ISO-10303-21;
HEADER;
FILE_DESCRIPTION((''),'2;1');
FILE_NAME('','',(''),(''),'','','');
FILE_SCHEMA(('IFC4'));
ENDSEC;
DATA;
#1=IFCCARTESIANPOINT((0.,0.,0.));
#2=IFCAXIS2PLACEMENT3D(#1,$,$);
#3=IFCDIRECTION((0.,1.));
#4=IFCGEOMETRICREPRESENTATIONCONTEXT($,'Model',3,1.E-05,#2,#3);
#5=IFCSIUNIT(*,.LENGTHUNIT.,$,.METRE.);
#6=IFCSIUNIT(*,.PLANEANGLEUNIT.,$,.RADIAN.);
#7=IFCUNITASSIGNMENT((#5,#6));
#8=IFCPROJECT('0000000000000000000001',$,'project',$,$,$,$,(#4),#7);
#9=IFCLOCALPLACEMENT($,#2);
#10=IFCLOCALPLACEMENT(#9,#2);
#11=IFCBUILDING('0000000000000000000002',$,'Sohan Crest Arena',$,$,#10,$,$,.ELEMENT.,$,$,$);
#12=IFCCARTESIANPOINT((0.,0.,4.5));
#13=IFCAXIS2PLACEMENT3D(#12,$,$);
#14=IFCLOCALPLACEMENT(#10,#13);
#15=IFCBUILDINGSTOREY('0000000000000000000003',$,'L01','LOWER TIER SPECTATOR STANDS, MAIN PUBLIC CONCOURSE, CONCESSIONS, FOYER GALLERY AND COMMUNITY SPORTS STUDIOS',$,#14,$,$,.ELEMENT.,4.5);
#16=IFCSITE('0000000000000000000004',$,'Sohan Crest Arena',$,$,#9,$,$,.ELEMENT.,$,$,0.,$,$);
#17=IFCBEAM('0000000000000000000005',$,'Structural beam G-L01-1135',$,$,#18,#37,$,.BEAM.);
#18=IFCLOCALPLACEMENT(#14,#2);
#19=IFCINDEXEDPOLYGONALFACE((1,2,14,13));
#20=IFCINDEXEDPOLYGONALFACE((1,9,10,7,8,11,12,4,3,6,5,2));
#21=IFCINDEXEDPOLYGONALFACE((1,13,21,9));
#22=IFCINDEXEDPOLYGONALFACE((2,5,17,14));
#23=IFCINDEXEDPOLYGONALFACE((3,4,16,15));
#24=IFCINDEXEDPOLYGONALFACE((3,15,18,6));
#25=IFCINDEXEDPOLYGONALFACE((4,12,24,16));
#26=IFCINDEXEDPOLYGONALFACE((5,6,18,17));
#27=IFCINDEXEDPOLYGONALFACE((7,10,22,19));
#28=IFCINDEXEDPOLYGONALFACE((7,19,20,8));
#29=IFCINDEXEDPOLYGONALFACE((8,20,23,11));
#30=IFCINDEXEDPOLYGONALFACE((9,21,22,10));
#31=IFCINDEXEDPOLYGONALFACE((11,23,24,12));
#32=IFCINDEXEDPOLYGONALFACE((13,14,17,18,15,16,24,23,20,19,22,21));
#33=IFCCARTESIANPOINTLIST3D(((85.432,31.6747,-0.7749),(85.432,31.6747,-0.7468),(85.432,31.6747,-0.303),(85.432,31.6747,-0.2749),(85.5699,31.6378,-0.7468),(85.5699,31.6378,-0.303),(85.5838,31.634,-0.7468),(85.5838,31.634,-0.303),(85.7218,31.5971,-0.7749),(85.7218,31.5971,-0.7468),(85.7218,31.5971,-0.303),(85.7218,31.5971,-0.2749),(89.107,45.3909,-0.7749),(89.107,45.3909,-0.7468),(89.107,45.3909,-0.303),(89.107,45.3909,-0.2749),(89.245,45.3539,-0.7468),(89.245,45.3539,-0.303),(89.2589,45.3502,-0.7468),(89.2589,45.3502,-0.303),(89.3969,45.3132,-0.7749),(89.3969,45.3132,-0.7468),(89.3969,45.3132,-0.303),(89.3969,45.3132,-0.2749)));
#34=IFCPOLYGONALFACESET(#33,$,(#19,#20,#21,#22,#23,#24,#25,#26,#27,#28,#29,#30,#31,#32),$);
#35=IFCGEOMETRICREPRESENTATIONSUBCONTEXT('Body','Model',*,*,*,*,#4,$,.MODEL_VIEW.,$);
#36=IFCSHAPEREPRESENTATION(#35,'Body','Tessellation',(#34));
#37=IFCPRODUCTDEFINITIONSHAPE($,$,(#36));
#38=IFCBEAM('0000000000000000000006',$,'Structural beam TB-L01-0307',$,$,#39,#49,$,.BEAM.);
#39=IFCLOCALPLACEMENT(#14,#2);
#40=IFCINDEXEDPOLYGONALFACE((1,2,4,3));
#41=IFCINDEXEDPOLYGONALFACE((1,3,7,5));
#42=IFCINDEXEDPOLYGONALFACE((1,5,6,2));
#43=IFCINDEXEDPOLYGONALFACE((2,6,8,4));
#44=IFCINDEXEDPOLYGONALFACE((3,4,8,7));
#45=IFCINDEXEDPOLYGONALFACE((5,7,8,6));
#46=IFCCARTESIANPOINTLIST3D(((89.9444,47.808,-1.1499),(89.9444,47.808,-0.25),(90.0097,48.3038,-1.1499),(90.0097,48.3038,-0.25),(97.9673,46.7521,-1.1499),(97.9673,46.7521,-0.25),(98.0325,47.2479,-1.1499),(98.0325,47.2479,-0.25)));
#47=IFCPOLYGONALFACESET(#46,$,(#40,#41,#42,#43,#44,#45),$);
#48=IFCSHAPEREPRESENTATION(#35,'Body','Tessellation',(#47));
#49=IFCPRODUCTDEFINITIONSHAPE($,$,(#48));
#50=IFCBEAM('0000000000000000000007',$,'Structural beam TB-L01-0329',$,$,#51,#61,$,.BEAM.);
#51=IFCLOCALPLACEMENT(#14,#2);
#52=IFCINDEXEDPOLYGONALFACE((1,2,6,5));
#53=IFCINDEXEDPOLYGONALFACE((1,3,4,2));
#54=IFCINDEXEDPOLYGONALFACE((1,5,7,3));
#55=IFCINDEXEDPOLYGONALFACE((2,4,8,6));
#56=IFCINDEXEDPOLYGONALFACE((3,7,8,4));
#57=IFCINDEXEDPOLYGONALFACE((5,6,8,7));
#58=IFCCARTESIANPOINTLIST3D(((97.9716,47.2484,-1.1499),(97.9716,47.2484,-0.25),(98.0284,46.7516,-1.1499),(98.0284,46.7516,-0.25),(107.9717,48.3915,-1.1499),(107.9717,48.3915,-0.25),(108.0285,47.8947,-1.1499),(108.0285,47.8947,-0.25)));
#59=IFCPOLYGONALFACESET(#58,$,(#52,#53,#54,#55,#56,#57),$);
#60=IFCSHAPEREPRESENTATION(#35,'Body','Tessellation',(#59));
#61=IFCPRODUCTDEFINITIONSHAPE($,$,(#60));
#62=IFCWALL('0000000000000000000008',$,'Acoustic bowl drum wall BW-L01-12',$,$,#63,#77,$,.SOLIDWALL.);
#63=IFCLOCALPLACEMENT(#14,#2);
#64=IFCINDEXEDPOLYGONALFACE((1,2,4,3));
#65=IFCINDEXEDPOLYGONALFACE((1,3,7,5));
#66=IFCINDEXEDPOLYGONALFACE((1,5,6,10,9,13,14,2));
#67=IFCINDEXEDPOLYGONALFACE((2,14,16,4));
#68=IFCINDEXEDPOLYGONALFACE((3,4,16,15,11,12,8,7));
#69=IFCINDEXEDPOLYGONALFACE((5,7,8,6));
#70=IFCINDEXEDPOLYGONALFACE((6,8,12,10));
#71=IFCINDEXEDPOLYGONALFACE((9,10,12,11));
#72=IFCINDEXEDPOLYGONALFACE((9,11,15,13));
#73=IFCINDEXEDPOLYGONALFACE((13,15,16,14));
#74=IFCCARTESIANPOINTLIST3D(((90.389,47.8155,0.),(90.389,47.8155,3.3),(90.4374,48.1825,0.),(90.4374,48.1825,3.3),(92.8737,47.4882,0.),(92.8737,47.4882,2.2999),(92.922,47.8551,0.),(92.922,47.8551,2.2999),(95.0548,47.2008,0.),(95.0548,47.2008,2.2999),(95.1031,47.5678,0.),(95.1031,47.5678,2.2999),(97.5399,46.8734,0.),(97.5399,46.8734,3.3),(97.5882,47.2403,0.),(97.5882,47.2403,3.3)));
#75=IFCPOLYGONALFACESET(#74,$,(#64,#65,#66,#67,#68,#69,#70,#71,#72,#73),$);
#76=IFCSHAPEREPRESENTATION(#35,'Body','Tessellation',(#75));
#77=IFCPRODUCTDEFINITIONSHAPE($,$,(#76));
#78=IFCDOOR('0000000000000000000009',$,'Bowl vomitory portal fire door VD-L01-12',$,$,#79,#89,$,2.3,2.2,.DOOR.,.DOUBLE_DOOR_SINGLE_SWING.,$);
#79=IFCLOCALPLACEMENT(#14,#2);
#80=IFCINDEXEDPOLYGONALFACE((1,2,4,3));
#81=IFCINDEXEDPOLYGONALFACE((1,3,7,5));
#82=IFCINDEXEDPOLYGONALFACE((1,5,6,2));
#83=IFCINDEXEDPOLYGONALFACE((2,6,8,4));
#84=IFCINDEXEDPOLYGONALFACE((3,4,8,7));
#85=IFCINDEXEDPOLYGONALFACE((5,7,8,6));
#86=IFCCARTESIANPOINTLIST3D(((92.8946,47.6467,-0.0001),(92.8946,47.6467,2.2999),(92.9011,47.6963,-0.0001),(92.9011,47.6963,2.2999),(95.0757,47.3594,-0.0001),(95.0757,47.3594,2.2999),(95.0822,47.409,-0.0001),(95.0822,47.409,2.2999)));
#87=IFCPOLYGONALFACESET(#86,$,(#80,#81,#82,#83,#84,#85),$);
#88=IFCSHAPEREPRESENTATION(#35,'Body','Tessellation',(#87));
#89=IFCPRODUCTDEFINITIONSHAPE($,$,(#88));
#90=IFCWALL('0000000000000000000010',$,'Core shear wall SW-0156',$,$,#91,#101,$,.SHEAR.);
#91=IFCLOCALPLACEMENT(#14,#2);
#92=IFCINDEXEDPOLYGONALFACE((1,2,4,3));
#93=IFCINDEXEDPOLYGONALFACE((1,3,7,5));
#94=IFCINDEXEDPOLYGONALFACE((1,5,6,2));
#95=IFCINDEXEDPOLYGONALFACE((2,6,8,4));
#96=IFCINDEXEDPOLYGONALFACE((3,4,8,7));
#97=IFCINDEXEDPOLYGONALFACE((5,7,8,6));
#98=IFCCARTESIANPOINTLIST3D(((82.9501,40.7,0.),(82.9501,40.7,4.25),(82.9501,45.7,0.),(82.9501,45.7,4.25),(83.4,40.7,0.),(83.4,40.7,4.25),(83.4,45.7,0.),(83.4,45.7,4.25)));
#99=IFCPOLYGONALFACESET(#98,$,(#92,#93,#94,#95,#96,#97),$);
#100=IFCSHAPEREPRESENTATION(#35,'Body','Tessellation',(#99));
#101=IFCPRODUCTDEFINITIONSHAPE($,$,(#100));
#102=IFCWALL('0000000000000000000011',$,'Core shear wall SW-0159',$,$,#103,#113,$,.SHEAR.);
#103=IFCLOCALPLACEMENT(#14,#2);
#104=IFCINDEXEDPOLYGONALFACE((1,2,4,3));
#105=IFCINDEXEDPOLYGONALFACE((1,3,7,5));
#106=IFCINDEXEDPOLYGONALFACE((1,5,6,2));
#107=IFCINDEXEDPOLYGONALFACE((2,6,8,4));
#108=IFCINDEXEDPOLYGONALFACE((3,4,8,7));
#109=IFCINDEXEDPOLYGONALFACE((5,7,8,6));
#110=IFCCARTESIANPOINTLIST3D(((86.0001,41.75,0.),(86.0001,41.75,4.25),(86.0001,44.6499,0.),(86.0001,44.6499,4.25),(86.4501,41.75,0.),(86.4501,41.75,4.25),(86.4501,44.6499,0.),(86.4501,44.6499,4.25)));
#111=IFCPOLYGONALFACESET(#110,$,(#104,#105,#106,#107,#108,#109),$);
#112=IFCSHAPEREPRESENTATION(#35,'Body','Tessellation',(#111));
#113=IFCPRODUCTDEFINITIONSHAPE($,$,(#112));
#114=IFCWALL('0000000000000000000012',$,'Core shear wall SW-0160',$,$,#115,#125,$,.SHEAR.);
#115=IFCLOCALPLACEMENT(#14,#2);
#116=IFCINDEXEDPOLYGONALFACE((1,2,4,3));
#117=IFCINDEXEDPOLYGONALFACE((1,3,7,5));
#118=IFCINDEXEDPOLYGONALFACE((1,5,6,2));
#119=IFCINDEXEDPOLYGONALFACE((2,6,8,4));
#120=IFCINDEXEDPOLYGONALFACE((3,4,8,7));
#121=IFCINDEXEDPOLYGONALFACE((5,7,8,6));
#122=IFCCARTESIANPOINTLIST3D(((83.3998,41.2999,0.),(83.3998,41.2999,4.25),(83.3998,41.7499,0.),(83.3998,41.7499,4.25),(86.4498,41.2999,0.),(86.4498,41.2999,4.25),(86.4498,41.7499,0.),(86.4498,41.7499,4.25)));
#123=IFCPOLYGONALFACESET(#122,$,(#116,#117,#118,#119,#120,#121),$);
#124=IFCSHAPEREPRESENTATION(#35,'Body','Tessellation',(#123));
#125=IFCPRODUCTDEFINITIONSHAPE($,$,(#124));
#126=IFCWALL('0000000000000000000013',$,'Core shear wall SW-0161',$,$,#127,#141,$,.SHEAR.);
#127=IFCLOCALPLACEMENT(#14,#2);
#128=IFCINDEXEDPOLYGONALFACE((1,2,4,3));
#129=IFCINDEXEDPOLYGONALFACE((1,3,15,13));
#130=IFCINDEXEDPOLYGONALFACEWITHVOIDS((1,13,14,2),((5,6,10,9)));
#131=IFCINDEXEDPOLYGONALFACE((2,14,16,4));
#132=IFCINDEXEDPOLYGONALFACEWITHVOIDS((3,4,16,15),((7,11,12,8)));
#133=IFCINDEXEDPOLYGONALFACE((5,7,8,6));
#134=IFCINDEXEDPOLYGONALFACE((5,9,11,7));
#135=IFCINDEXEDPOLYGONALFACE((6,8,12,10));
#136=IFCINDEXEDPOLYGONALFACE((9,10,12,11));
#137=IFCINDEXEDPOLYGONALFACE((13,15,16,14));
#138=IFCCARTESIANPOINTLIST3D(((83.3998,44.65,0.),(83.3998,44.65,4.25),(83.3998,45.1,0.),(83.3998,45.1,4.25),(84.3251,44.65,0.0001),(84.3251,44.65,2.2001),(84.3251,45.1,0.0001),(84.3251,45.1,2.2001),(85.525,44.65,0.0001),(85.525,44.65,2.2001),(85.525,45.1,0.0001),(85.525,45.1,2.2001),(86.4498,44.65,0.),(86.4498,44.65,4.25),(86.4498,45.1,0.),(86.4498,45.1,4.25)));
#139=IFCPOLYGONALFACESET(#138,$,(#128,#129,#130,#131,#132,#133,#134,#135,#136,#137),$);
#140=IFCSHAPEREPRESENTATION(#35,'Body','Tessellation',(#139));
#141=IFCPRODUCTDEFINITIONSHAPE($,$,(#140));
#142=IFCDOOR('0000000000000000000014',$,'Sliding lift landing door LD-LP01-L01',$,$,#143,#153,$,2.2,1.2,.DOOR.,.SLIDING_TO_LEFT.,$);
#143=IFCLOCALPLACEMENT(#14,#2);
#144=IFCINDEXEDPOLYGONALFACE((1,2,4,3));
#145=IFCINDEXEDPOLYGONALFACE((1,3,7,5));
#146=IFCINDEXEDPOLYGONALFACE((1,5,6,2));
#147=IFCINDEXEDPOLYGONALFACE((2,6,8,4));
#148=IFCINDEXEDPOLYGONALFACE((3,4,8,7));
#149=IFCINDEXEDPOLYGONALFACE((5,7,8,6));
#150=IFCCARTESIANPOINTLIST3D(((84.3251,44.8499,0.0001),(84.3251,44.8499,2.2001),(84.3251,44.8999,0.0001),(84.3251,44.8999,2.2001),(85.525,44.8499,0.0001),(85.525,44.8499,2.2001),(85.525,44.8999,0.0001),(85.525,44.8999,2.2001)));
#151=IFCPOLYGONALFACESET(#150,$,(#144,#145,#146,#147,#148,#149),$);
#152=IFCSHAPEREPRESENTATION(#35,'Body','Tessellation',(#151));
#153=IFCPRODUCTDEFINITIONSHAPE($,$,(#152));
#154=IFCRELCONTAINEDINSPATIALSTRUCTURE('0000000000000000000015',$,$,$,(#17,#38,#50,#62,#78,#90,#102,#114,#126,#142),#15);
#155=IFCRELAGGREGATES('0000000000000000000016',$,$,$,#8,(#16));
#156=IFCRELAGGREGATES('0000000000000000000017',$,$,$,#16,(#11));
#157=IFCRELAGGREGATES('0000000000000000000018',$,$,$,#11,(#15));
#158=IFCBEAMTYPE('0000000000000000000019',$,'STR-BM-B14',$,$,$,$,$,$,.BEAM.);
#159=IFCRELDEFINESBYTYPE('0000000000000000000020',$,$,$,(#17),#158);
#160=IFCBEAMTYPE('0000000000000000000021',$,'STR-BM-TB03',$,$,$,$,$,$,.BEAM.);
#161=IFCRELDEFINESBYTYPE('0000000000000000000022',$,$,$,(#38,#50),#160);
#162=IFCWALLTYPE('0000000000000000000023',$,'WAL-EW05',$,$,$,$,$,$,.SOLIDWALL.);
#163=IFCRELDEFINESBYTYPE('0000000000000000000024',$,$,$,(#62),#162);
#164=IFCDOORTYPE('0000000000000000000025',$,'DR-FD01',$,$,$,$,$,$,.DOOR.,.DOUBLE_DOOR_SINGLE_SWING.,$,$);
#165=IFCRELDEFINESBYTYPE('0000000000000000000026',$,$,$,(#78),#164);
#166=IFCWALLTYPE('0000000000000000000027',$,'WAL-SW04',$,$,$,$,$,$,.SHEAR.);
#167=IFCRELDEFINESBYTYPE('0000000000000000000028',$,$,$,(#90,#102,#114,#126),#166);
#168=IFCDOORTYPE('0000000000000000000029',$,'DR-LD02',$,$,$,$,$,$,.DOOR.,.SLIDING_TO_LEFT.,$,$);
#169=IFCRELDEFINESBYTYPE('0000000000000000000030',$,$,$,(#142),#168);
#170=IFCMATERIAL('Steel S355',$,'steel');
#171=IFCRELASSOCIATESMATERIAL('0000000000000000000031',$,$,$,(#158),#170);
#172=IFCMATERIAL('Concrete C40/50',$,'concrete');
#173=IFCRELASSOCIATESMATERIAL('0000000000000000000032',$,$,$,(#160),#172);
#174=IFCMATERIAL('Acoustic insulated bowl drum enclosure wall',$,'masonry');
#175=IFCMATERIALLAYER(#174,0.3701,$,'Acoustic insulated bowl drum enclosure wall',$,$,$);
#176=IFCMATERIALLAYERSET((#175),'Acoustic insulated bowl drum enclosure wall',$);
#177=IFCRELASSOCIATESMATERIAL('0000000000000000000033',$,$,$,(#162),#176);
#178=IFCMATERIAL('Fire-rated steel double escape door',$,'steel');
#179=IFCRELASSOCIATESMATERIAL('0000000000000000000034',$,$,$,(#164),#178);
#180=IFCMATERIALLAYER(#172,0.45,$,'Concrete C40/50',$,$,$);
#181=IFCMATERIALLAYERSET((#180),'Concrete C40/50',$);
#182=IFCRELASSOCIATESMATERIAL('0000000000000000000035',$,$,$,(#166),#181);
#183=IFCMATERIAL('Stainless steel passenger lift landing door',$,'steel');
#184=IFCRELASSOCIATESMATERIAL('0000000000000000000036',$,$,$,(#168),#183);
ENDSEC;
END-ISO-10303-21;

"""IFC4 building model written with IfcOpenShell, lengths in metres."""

from ifc_helpers import new_model, si_unit, direction, frame, frame_2d, origin, origin_2d, place, context, subcontext, project, spatial, rectangle, i_section, extrude, material, layer, layer_set, material_profile, profile_set, type_object, element, fill, save


model = new_model("IFC4")

# Units and contexts
model_context = context("Model", 3, precision=1e-05, world=origin(), true_north=direction((0.0, 1.0)))
body_context = subcontext(model_context, "Body", "Model", "MODEL_VIEW")
ifc_project = project(units=[si_unit("LENGTHUNIT", "METRE"), si_unit("PLANEANGLEUNIT", "RADIAN")], contexts=[model_context])

# Site, building, storey
site_placement = place(None, origin())
site = spatial("IfcSite", under=ifc_project, at=site_placement, Name="Sohan Crest Arena", CompositionType="ELEMENT", RefElevation=0.0)
building_placement = place(site_placement, origin())
building = spatial("IfcBuilding", under=site, at=building_placement, Name="Sohan Crest Arena", CompositionType="ELEMENT")
storey_placement = place(building_placement, frame((0.0, 0.0, 4.5)))
storey = spatial("IfcBuildingStorey", under=building, at=storey_placement, Name="L01", Description="LOWER TIER SPECTATOR STANDS, MAIN PUBLIC CONCOURSE, CONCESSIONS, FOYER GALLERY AND COMMUNITY SPORTS STUDIOS", CompositionType="ELEMENT", Elevation=4.5)

# Shared definitions
ifc_material_1 = material(Name="Concrete C40/50", Category="concrete")
ifc_material_2 = material(Name="Steel S355", Category="steel")

# Beams
ifc_material_profile_1 = material_profile(ifc_material_2, i_section(OverallWidth=0.3, OverallDepth=0.5, WebThickness=0.0144, FlangeThickness=0.0281, at=origin_2d()), Name="HEB 500")
ifc_profile_set_1 = profile_set([ifc_material_profile_1], Name="Steel S355")
beam_type_1 = type_object("IfcBeamType", Name="STR-BM-B14", PredefinedType="BEAM", material=ifc_profile_set_1)
beam_1_placement = place(storey_placement, frame((89.252, 45.3521, -0.5249), z_axis=(-0.258809, -0.965929, 0.0), x_axis=(0.965929, -0.258809, 0.0)))
element("IfcBeam", 1, at=beam_1_placement, inside=storey, type_object=beam_type_1, Name="Structural beam G-L01-1135", PredefinedType="BEAM", context=body_context, shape_type="SweptSolid", body=[
    extrude(i_section(OverallWidth=0.3, OverallDepth=0.5, WebThickness=0.0144, FlangeThickness=0.0281, at=origin_2d()), origin(), (0.0, 0.0, 1.0), 14.2),
])
ifc_material_profile_2 = material_profile(ifc_material_1, rectangle(XDim=0.5, YDim=0.8999, at=origin_2d()), Name="RC-BM 500x900")
ifc_profile_set_2 = profile_set([ifc_material_profile_2], Name="Concrete C40/50")
beam_type_2 = type_object("IfcBeamType", Name="STR-BM-TB03", PredefinedType="BEAM", material=ifc_profile_set_2)
beam_2_placement = place(storey_placement, frame((89.9771, 48.0559, -0.7), z_axis=(0.99145, -0.130486, 0.0), x_axis=(0.130486, 0.99145, 0.0)))
element("IfcBeam", 2, at=beam_2_placement, inside=storey, type_object=beam_type_2, Name="Structural beam TB-L01-0307", PredefinedType="BEAM", context=body_context, shape_type="SweptSolid", body=[
    extrude(rectangle(XDim=0.5, YDim=0.8999, at=origin_2d()), origin(), (0.0, 0.0, 1.0), 8.092),
])
beam_3_placement = place(storey_placement, frame((98.0, 47.0, -0.7), z_axis=(0.99353, 0.113567, 0.0), x_axis=(-0.113567, 0.99353, 0.0)))
element("IfcBeam", 3, at=beam_3_placement, inside=storey, type_object=beam_type_2, Name="Structural beam TB-L01-0329", PredefinedType="BEAM", context=body_context, shape_type="SweptSolid", body=[
    extrude(rectangle(XDim=0.5, YDim=0.8999, at=origin_2d()), origin(), (0.0, 0.0, 1.0), 10.0652),
])

# Wall, opening, door
ifc_material_3 = material(Name="Acoustic insulated bowl drum enclosure wall", Category="masonry")
ifc_layer_1 = layer(ifc_material_3, 0.3701, Name="Acoustic insulated bowl drum enclosure wall")
ifc_layer_set_1 = layer_set([ifc_layer_1], Name="Acoustic insulated bowl drum enclosure wall")
wall_type_1 = type_object("IfcWallType", Name="WAL-EW05", PredefinedType="SOLIDWALL", material=ifc_layer_set_1)
wall_1_placement = place(storey_placement, frame((90.4131, 47.999, 0.0), z_axis=(0.0, 0.0, 1.0), x_axis=(0.991432, -0.130623, 0.0)))
wall_1 = element("IfcWall", 4, at=wall_1_placement, inside=storey, type_object=wall_type_1, Name="Acoustic bowl drum wall BW-L01-12", PredefinedType="SOLIDWALL", context=body_context, shape_type="SweptSolid", body=[
    extrude(rectangle(XDim=7.2126, YDim=0.3701, at=frame_2d((3.6064, 0.0))), origin(), (0.0, 0.0, 1.0), 3.3),
])
opening_1_placement = place(wall_1_placement, frame((2.5061, 0.0, 0.0)))
opening_1 = element("IfcOpeningElement", 5, at=opening_1_placement, cuts=wall_1, PredefinedType="OPENING", context=body_context, shape_type="SweptSolid", body=[
    extrude(rectangle(XDim=2.2, YDim=2.3, at=frame_2d((1.1001, 1.1499))), frame((0.0, 0.1951, 0.0), z_axis=(0.0, -1.0, 0.0), x_axis=(1.0, 0.0, 0.0)), (0.0, 0.0, 1.0), 0.3901),
])
ifc_material_4 = material(Name="Fire-rated steel double escape door", Category="steel")
door_type_1 = type_object("IfcDoorType", Name="DR-FD01", OperationType="DOUBLE_DOOR_SINGLE_SWING", PredefinedType="DOOR", material=ifc_material_4)
door_1_placement = place(opening_1_placement, origin())
door_1 = element("IfcDoor", 6, at=door_1_placement, inside=storey, type_object=door_type_1, Name="Bowl vomitory portal fire door VD-L01-12", OperationType="DOUBLE_DOOR_SINGLE_SWING", OverallHeight=2.3, OverallWidth=2.2, PredefinedType="DOOR", context=body_context, shape_type="SweptSolid", body=[
    extrude(rectangle(XDim=2.2, YDim=2.3, at=frame_2d((1.1001, 1.1499))), frame((0.0, 0.0249, 0.0), z_axis=(0.0, -1.0, 0.0), x_axis=(1.0, 0.0, 0.0)), (0.0, 0.0, 1.0), 0.05),
])
fill(opening_1, door_1)

# Walls
ifc_layer_2 = layer(ifc_material_1, 0.45, Name="Concrete C40/50")
ifc_layer_set_2 = layer_set([ifc_layer_2], Name="Concrete C40/50")
wall_type_2 = type_object("IfcWallType", Name="WAL-SW04", PredefinedType="SHEAR", material=ifc_layer_set_2)
wall_2_placement = place(storey_placement, frame((83.175, 40.7, 0.0), z_axis=(0.0, 0.0, 1.0), x_axis=(0.0, 1.0, 0.0)))
element("IfcWall", 7, at=wall_2_placement, inside=storey, type_object=wall_type_2, Name="Core shear wall SW-0156", PredefinedType="SHEAR", context=body_context, shape_type="SweptSolid", body=[
    extrude(rectangle(XDim=5.0, YDim=0.45, at=frame_2d((2.5, 0.0))), origin(), (0.0, 0.0, 1.0), 4.25),
])
wall_3_placement = place(storey_placement, frame((86.2251, 41.75, 0.0), z_axis=(0.0, 0.0, 1.0), x_axis=(0.0, 1.0, 0.0)))
element("IfcWall", 8, at=wall_3_placement, inside=storey, type_object=wall_type_2, Name="Core shear wall SW-0159", PredefinedType="SHEAR", context=body_context, shape_type="SweptSolid", body=[
    extrude(rectangle(XDim=2.8999, YDim=0.45, at=frame_2d((1.45, 0.0))), origin(), (0.0, 0.0, 1.0), 4.25),
])
wall_4_placement = place(storey_placement, frame((83.3999, 41.5249, 0.0), z_axis=(0.0, 0.0, 1.0), x_axis=(1.0, 0.0, 0.0)))
element("IfcWall", 9, at=wall_4_placement, inside=storey, type_object=wall_type_2, Name="Core shear wall SW-0160", PredefinedType="SHEAR", context=body_context, shape_type="SweptSolid", body=[
    extrude(rectangle(XDim=3.05, YDim=0.45, at=frame_2d((1.5249, 0.0))), origin(), (0.0, 0.0, 1.0), 4.25),
])

# Wall, opening, door
wall_5_placement = place(storey_placement, frame((83.3999, 44.875, 0.0), z_axis=(0.0, 0.0, 1.0), x_axis=(1.0, 0.0, 0.0)))
wall_5 = element("IfcWall", 10, at=wall_5_placement, inside=storey, type_object=wall_type_2, Name="Core shear wall SW-0161", PredefinedType="SHEAR", context=body_context, shape_type="SweptSolid", body=[
    extrude(rectangle(XDim=3.05, YDim=0.45, at=frame_2d((1.5249, 0.0))), origin(), (0.0, 0.0, 1.0), 4.25),
])
opening_2_placement = place(wall_5_placement, frame((0.925, 0.0, 0.0)))
opening_2 = element("IfcOpeningElement", 11, at=opening_2_placement, cuts=wall_5, PredefinedType="OPENING", context=body_context, shape_type="SweptSolid", body=[
    extrude(rectangle(XDim=1.2, YDim=2.2, at=frame_2d((0.6001, 1.1001))), frame((0.0, 0.2349, 0.0), z_axis=(0.0, -1.0, 0.0), x_axis=(1.0, 0.0, 0.0)), (0.0, 0.0, 1.0), 0.47),
])
ifc_material_5 = material(Name="Stainless steel passenger lift landing door", Category="steel")
door_type_2 = type_object("IfcDoorType", Name="DR-LD02", OperationType="SLIDING_TO_LEFT", PredefinedType="DOOR", material=ifc_material_5)
door_2_placement = place(opening_2_placement, origin())
door_2 = element("IfcDoor", 12, at=door_2_placement, inside=storey, type_object=door_type_2, Name="Sliding lift landing door LD-LP01-L01", OperationType="SLIDING_TO_LEFT", OverallHeight=2.2, OverallWidth=1.2, PredefinedType="DOOR", context=body_context, shape_type="SweptSolid", body=[
    extrude(rectangle(XDim=1.2, YDim=2.2, at=frame_2d((0.6001, 1.1001))), frame((0.0, 0.0249, 0.0), z_axis=(0.0, -1.0, 0.0), x_axis=(1.0, 0.0, 0.0)), (0.0, 0.0, 1.0), 0.05),
])
fill(opening_2, door_2)

save(model, "model.ifc")
